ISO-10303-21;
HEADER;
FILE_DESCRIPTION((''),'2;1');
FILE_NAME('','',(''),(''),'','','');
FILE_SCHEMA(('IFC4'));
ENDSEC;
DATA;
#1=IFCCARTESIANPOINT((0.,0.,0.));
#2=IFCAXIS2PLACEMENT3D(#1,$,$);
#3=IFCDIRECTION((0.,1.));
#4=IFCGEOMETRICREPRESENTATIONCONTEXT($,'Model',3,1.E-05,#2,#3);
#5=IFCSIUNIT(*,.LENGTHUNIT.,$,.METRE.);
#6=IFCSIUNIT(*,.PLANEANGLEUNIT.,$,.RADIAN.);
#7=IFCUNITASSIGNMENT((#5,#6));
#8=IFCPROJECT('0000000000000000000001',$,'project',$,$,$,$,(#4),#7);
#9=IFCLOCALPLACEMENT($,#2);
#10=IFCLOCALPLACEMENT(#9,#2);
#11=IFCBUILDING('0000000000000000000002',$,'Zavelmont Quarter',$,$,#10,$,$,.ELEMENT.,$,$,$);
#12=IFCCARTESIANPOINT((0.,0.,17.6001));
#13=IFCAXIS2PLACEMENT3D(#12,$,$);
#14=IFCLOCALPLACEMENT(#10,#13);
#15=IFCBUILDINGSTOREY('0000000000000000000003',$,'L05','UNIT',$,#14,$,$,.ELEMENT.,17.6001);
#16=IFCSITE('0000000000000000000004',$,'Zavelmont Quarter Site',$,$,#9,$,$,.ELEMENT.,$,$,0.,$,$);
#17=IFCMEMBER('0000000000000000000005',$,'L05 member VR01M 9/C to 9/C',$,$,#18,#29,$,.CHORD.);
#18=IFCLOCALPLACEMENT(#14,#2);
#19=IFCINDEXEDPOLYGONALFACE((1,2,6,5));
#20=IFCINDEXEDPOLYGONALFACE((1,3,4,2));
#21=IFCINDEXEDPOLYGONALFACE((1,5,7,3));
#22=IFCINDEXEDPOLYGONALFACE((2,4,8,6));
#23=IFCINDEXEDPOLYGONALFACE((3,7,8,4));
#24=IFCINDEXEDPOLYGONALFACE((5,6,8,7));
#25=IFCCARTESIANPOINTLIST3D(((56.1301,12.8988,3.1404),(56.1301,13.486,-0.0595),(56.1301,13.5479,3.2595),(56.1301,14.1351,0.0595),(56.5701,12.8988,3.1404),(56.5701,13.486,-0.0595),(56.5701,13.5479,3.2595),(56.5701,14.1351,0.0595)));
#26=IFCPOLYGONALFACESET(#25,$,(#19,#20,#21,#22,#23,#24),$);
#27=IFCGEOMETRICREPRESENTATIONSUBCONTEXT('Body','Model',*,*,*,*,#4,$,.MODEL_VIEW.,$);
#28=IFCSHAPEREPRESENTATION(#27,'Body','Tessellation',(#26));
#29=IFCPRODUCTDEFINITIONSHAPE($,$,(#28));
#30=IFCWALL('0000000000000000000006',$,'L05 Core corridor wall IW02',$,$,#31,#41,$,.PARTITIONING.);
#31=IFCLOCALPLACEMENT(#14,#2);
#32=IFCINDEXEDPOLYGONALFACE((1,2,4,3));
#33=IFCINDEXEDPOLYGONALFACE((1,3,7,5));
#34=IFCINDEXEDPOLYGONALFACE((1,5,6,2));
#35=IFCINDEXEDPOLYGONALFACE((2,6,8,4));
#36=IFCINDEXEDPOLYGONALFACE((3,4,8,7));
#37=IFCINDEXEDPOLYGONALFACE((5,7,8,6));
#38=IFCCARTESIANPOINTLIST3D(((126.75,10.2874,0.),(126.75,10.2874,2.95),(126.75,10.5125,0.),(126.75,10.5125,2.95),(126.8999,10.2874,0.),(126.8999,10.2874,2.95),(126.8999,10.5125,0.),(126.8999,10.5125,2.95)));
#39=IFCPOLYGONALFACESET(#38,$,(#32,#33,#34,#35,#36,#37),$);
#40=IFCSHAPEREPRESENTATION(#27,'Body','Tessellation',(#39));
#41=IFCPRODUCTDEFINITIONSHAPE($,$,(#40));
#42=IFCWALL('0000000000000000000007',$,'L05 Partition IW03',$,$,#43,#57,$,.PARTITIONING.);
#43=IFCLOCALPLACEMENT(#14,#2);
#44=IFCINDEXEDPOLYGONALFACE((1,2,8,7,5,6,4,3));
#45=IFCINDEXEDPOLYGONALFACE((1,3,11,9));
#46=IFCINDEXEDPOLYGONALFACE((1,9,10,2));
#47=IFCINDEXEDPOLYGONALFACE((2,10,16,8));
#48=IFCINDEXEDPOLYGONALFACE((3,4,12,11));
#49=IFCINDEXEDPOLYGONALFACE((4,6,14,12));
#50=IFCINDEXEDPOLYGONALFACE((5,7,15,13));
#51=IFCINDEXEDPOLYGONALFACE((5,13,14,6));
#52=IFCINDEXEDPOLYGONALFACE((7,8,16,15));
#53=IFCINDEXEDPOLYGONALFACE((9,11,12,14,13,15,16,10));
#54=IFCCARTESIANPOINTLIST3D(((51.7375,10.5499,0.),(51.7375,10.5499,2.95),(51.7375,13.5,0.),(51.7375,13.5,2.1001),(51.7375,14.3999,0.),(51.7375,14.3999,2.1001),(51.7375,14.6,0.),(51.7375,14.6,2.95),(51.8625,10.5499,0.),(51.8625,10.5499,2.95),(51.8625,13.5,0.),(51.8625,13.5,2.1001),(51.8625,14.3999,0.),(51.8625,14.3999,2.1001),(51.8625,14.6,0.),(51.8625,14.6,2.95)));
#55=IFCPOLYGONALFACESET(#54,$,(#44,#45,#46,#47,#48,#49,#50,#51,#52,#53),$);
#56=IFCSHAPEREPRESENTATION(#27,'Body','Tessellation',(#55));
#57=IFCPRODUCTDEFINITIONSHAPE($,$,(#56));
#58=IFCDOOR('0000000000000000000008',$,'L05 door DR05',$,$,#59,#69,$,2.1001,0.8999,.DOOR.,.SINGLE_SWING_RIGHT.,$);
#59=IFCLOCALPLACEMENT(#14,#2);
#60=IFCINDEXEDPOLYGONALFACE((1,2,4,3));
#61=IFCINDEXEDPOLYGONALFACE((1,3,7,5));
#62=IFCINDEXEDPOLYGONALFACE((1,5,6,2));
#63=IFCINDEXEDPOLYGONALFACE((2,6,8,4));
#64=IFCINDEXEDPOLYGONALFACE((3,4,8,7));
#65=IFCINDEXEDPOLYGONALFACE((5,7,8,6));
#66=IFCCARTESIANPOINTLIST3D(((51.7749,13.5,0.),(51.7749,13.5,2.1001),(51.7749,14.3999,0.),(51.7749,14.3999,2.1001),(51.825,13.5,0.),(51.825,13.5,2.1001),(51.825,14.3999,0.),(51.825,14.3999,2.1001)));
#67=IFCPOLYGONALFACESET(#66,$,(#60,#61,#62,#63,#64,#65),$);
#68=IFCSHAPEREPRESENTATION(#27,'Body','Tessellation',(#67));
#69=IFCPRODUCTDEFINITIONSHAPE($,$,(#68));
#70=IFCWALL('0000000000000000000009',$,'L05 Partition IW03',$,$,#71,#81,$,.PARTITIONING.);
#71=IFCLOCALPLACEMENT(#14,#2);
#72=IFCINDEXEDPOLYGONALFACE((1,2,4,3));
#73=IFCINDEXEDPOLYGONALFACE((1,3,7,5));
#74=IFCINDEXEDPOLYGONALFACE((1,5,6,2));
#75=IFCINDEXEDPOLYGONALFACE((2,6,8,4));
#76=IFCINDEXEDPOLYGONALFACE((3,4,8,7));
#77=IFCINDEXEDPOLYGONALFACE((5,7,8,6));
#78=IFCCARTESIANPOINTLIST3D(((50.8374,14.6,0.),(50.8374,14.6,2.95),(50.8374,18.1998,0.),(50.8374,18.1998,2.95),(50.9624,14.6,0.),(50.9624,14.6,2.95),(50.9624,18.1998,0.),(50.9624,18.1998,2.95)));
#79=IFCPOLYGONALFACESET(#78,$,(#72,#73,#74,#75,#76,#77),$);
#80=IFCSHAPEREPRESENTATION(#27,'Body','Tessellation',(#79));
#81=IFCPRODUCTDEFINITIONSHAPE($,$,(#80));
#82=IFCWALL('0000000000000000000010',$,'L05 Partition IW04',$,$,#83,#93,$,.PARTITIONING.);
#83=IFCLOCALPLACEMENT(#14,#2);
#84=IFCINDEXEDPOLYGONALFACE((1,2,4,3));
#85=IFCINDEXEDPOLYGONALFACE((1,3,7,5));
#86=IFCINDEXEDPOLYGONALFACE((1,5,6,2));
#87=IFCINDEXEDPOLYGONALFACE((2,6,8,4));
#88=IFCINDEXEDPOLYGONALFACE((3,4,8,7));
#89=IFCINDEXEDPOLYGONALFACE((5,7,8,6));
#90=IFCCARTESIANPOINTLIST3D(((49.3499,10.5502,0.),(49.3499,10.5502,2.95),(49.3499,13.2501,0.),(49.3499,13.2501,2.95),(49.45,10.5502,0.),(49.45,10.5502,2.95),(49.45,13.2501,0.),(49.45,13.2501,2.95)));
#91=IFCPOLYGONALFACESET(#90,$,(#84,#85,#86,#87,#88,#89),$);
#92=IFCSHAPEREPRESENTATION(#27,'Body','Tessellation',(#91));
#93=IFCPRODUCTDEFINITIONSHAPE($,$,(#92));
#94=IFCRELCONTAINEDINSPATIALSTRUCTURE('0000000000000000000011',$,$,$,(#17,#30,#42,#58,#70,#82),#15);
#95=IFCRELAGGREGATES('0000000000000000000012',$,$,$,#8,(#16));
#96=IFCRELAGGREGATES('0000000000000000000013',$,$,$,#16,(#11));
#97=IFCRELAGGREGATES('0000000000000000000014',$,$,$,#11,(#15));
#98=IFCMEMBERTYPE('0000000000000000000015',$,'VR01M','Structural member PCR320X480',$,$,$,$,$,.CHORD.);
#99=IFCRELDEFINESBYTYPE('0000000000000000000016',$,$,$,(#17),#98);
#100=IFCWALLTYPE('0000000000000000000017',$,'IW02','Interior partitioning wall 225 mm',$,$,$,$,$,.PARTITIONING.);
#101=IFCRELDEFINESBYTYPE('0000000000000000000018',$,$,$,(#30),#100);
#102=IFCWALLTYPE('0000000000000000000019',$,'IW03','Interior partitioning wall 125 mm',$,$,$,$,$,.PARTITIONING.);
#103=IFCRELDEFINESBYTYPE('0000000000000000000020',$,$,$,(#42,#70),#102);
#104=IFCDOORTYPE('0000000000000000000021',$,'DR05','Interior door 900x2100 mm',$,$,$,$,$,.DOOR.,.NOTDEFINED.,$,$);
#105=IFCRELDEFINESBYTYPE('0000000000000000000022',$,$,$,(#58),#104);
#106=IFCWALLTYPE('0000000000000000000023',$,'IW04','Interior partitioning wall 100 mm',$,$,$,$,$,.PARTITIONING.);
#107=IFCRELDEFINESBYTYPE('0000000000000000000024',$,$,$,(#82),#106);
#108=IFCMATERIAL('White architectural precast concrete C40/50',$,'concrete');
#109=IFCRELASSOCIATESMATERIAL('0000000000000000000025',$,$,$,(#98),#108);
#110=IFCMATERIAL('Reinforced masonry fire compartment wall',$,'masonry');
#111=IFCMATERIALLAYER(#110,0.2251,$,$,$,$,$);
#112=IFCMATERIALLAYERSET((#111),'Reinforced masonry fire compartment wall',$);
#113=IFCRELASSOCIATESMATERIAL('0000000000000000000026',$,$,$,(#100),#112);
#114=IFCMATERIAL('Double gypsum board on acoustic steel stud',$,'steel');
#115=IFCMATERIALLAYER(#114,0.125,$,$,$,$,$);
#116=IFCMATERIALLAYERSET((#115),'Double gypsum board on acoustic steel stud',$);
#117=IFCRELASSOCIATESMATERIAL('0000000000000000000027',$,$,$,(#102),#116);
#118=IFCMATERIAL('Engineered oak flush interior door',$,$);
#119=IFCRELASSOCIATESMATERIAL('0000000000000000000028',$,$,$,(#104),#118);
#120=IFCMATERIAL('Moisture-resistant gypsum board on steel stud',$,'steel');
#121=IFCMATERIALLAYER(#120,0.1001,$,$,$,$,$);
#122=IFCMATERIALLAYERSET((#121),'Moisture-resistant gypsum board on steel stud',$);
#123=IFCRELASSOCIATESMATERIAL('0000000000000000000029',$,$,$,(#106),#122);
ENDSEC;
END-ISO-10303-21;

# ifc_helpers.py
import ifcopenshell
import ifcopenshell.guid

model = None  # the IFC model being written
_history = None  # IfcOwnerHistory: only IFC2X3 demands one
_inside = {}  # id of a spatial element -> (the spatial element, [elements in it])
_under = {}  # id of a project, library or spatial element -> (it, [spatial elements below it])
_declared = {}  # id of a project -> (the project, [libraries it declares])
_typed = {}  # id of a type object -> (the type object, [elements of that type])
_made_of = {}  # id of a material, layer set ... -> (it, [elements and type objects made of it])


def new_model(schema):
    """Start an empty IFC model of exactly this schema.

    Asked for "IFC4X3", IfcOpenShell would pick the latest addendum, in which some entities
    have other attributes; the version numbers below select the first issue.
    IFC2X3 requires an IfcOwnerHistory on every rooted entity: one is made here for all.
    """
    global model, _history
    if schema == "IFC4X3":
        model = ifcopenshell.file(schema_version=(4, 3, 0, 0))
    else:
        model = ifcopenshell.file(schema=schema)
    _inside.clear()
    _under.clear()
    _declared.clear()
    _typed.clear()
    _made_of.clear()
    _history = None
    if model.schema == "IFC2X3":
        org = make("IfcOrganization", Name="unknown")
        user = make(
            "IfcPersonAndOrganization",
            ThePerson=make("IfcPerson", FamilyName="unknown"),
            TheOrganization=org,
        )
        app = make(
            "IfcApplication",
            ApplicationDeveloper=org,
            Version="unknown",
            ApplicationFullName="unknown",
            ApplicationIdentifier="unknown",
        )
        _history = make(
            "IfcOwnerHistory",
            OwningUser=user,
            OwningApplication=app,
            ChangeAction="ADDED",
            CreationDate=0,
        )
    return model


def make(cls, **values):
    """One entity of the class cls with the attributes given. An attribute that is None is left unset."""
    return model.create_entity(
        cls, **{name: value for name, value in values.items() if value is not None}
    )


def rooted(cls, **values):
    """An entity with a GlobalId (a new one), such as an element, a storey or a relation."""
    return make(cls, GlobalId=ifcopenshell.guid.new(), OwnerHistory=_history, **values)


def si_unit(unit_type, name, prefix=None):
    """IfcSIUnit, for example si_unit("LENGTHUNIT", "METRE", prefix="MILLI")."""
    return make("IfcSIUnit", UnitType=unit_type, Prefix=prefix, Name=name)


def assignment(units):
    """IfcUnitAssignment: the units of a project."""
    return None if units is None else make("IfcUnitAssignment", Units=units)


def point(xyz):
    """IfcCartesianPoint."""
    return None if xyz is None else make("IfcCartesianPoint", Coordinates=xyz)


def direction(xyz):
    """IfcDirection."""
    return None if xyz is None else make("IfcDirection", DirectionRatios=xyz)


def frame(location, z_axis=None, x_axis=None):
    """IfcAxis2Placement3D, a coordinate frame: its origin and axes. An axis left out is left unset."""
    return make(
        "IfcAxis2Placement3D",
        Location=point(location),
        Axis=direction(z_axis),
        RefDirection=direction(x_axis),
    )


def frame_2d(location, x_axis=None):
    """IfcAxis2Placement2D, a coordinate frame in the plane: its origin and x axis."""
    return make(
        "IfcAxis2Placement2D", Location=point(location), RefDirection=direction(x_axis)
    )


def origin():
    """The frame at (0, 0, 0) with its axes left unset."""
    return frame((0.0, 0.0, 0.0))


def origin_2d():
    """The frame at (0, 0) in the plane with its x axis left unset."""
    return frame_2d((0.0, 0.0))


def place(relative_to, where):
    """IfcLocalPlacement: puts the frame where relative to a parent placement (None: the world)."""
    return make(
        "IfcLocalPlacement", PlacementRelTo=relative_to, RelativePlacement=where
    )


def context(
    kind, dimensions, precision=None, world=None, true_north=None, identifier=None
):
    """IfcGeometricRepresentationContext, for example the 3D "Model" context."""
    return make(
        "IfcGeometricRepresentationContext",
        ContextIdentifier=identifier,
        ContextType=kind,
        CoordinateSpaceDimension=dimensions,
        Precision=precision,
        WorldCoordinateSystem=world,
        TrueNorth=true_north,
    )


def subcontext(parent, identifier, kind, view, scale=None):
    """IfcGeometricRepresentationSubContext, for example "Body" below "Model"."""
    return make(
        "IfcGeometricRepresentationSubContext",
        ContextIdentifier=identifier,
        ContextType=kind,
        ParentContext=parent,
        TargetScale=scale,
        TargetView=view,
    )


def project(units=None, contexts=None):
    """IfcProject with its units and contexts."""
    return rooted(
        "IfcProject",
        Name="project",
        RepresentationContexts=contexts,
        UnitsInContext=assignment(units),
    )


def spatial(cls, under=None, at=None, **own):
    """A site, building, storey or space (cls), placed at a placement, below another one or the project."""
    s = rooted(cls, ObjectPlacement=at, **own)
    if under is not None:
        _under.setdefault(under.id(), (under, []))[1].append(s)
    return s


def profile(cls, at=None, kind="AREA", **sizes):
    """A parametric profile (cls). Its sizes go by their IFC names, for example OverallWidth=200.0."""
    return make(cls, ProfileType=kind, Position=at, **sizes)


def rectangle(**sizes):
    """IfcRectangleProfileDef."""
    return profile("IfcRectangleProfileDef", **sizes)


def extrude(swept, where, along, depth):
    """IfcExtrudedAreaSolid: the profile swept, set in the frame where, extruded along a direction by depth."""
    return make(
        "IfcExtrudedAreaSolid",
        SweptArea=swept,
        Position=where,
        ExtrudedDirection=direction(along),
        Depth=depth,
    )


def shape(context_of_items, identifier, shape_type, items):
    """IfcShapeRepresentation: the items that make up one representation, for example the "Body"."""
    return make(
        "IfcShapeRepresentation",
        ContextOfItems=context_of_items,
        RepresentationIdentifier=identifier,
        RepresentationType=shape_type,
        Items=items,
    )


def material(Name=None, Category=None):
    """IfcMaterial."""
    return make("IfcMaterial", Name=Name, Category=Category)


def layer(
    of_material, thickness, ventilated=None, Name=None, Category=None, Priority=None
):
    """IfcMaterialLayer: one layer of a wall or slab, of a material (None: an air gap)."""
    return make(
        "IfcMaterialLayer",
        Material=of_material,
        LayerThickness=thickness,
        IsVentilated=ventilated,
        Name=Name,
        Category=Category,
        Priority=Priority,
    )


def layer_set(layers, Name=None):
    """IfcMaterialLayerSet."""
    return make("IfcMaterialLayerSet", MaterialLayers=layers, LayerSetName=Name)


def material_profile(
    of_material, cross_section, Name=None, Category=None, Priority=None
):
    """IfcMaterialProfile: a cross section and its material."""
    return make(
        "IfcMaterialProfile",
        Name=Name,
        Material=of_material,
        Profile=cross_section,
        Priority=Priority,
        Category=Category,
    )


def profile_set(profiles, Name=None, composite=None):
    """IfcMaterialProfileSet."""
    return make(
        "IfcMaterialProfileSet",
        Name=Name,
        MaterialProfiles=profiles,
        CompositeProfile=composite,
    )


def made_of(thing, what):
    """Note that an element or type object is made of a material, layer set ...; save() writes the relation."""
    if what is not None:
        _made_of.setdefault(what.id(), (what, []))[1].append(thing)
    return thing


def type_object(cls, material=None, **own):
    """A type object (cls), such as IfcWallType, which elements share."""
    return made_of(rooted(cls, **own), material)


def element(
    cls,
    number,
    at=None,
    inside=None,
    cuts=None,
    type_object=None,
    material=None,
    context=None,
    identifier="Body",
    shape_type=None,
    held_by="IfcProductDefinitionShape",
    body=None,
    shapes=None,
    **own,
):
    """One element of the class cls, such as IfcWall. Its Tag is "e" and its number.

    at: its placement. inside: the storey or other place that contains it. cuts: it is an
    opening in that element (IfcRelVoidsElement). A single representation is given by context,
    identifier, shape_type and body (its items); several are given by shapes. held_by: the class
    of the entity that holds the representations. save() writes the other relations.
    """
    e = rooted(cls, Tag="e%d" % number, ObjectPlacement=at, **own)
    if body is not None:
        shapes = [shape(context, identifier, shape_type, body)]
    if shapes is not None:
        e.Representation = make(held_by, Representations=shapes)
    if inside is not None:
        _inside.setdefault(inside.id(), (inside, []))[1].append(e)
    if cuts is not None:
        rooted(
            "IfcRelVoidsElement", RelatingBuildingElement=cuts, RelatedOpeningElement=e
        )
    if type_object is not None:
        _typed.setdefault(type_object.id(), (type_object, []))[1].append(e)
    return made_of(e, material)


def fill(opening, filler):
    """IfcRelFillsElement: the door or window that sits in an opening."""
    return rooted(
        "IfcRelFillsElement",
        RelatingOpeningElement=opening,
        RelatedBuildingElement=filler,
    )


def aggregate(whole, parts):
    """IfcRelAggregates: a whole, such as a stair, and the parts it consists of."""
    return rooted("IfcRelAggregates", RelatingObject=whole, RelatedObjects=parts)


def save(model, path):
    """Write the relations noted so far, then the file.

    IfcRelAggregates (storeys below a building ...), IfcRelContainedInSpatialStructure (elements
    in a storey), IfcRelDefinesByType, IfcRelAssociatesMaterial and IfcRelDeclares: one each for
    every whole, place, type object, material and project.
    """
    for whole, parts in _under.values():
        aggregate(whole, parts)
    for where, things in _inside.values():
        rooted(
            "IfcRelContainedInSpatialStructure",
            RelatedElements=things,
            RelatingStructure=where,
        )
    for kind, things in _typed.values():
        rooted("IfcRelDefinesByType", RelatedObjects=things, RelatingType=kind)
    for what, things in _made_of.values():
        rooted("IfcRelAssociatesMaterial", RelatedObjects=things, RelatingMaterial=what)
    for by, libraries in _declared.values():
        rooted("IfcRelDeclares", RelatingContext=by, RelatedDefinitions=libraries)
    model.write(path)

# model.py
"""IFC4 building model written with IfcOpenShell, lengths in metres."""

from ifc_helpers import new_model, si_unit, direction, frame, frame_2d, origin, origin_2d, place, context, subcontext, project, spatial, rectangle, extrude, material, layer, layer_set, material_profile, profile_set, type_object, element, fill, save


model = new_model("IFC4")

# Units and contexts
model_context = context("Model", 3, precision=1e-05, world=origin(), true_north=direction((0.0, 1.0)))
body_context = subcontext(model_context, "Body", "Model", "MODEL_VIEW")
ifc_project = project(units=[si_unit("LENGTHUNIT", "METRE"), si_unit("PLANEANGLEUNIT", "RADIAN")], contexts=[model_context])

# Site, building, storey
site_placement = place(None, origin())
site = spatial("IfcSite", under=ifc_project, at=site_placement, Name="Zavelmont Quarter Site", CompositionType="ELEMENT", RefElevation=0.0)
building_placement = place(site_placement, origin())
building = spatial("IfcBuilding", under=site, at=building_placement, Name="Zavelmont Quarter", CompositionType="ELEMENT")
storey_placement = place(building_placement, frame((0.0, 0.0, 17.6001)))
storey = spatial("IfcBuildingStorey", under=building, at=storey_placement, Name="L05", Description="UNIT", CompositionType="ELEMENT", Elevation=17.6001)

# Member
ifc_material_1 = material(Name="White architectural precast concrete C40/50", Category="concrete")
ifc_material_profile_1 = material_profile(ifc_material_1, rectangle(XDim=0.4399, YDim=0.6599, at=origin_2d()), Name="PCR320X480")
ifc_profile_set_1 = profile_set([ifc_material_profile_1], Name="White architectural precast concrete C40/50")
member_type = type_object("IfcMemberType", Name="VR01M", Description="Structural member PCR320X480", PredefinedType="CHORD", material=ifc_profile_set_1)
member_placement = place(storey_placement, frame((56.3501, 13.8105, 0.0), z_axis=(0.0, -0.180477, 0.983579), x_axis=(1.0, 0.0, 0.0)))
element("IfcMember", 1, at=member_placement, inside=storey, type_object=member_type, Name="L05 member VR01M 9/C to 9/C", PredefinedType="CHORD", context=body_context, shape_type="SweptSolid", body=[
    extrude(rectangle(XDim=0.4399, YDim=0.6599, at=origin_2d()), origin(), (0.0, 0.0, 1.0), 3.2534),
])

# Wall
ifc_material_2 = material(Name="Reinforced masonry fire compartment wall", Category="masonry")
ifc_layer_1 = layer(ifc_material_2, 0.2251)
ifc_layer_set_1 = layer_set([ifc_layer_1], Name="Reinforced masonry fire compartment wall")
wall_type_1 = type_object("IfcWallType", Name="IW02", Description="Interior partitioning wall 225 mm", PredefinedType="PARTITIONING", material=ifc_layer_set_1)
wall_1_placement = place(storey_placement, frame((126.75, 10.3999, 0.0), z_axis=(0.0, 0.0, 1.0), x_axis=(1.0, 0.0, 0.0)))
element("IfcWall", 2, at=wall_1_placement, inside=storey, type_object=wall_type_1, Name="L05 Core corridor wall IW02", PredefinedType="PARTITIONING", context=body_context, shape_type="SweptSolid", body=[
    extrude(rectangle(XDim=0.1499, YDim=0.2251, at=frame_2d((0.075, 0.0))), origin(), (0.0, 0.0, 1.0), 2.95),
])

# Wall, opening, door
ifc_material_3 = material(Name="Double gypsum board on acoustic steel stud", Category="steel")
ifc_layer_2 = layer(ifc_material_3, 0.125)
ifc_layer_set_2 = layer_set([ifc_layer_2], Name="Double gypsum board on acoustic steel stud")
wall_type_2 = type_object("IfcWallType", Name="IW03", Description="Interior partitioning wall 125 mm", PredefinedType="PARTITIONING", material=ifc_layer_set_2)
wall_2_placement = place(storey_placement, frame((51.8, 10.55, 0.0), z_axis=(0.0, 0.0, 1.0), x_axis=(0.0, 1.0, 0.0)))
wall_2 = element("IfcWall", 3, at=wall_2_placement, inside=storey, type_object=wall_type_2, Name="L05 Partition IW03", PredefinedType="PARTITIONING", context=body_context, shape_type="SweptSolid", body=[
    extrude(rectangle(XDim=4.05, YDim=0.125, at=frame_2d((2.0249, 0.0))), origin(), (0.0, 0.0, 1.0), 2.95),
])
opening_placement = place(wall_2_placement, frame((2.95, 0.0, 0.0)))
opening = element("IfcOpeningElement", 4, at=opening_placement, cuts=wall_2, PredefinedType="OPENING", context=body_context, shape_type="SweptSolid", body=[
    extrude(rectangle(XDim=0.8999, YDim=2.1001, at=frame_2d((0.45, 1.05))), frame((0.0, 0.0745, 0.0), z_axis=(0.0, -1.0, 0.0), x_axis=(1.0, 0.0, 0.0)), (0.0, 0.0, 1.0), 0.1489),
])
ifc_material_4 = material(Name="Engineered oak flush interior door")
door_type = type_object("IfcDoorType", Name="DR05", Description="Interior door 900x2100 mm", OperationType="NOTDEFINED", PredefinedType="DOOR", material=ifc_material_4)
door_placement = place(opening_placement, frame((0.8999, 0.0, 0.0), z_axis=(0.0, 0.0, 1.0), x_axis=(-1.0, 0.0, 0.0)))
door = element("IfcDoor", 5, at=door_placement, inside=storey, type_object=door_type, Name="L05 door DR05", OperationType="SINGLE_SWING_RIGHT", OverallHeight=2.1001, OverallWidth=0.8999, PredefinedType="DOOR", context=body_context, shape_type="SweptSolid", body=[
    extrude(rectangle(XDim=0.8999, YDim=2.1001, at=frame_2d((0.45, 1.05))), frame((0.0, 0.0249, 0.0), z_axis=(0.0, -1.0, 0.0), x_axis=(1.0, 0.0, 0.0)), (0.0, 0.0, 1.0), 0.05),
])
fill(opening, door)

# Walls
wall_3_placement = place(storey_placement, frame((50.8999, 14.6001, 0.0), z_axis=(0.0, 0.0, 1.0), x_axis=(0.0, 1.0, 0.0)))
element("IfcWall", 6, at=wall_3_placement, inside=storey, type_object=wall_type_2, Name="L05 Partition IW03", PredefinedType="PARTITIONING", context=body_context, shape_type="SweptSolid", body=[
    extrude(rectangle(XDim=3.5999, YDim=0.125, at=frame_2d((1.7998, 0.0))), origin(), (0.0, 0.0, 1.0), 2.95),
])
ifc_material_5 = material(Name="Moisture-resistant gypsum board on steel stud", Category="steel")
ifc_layer_3 = layer(ifc_material_5, 0.1001)
ifc_layer_set_3 = layer_set([ifc_layer_3], Name="Moisture-resistant gypsum board on steel stud")
wall_type_3 = type_object("IfcWallType", Name="IW04", Description="Interior partitioning wall 100 mm", PredefinedType="PARTITIONING", material=ifc_layer_set_3)
wall_4_placement = place(storey_placement, frame((49.3999, 10.55, 0.0), z_axis=(0.0, 0.0, 1.0), x_axis=(0.0, 1.0, 0.0)))
element("IfcWall", 7, at=wall_4_placement, inside=storey, type_object=wall_type_3, Name="L05 Partition IW04", PredefinedType="PARTITIONING", context=body_context, shape_type="SweptSolid", body=[
    extrude(rectangle(XDim=2.7, YDim=0.1001, at=frame_2d((1.3501, 0.0))), origin(), (0.0, 0.0, 1.0), 2.95),
])

save(model, "model.ifc")
